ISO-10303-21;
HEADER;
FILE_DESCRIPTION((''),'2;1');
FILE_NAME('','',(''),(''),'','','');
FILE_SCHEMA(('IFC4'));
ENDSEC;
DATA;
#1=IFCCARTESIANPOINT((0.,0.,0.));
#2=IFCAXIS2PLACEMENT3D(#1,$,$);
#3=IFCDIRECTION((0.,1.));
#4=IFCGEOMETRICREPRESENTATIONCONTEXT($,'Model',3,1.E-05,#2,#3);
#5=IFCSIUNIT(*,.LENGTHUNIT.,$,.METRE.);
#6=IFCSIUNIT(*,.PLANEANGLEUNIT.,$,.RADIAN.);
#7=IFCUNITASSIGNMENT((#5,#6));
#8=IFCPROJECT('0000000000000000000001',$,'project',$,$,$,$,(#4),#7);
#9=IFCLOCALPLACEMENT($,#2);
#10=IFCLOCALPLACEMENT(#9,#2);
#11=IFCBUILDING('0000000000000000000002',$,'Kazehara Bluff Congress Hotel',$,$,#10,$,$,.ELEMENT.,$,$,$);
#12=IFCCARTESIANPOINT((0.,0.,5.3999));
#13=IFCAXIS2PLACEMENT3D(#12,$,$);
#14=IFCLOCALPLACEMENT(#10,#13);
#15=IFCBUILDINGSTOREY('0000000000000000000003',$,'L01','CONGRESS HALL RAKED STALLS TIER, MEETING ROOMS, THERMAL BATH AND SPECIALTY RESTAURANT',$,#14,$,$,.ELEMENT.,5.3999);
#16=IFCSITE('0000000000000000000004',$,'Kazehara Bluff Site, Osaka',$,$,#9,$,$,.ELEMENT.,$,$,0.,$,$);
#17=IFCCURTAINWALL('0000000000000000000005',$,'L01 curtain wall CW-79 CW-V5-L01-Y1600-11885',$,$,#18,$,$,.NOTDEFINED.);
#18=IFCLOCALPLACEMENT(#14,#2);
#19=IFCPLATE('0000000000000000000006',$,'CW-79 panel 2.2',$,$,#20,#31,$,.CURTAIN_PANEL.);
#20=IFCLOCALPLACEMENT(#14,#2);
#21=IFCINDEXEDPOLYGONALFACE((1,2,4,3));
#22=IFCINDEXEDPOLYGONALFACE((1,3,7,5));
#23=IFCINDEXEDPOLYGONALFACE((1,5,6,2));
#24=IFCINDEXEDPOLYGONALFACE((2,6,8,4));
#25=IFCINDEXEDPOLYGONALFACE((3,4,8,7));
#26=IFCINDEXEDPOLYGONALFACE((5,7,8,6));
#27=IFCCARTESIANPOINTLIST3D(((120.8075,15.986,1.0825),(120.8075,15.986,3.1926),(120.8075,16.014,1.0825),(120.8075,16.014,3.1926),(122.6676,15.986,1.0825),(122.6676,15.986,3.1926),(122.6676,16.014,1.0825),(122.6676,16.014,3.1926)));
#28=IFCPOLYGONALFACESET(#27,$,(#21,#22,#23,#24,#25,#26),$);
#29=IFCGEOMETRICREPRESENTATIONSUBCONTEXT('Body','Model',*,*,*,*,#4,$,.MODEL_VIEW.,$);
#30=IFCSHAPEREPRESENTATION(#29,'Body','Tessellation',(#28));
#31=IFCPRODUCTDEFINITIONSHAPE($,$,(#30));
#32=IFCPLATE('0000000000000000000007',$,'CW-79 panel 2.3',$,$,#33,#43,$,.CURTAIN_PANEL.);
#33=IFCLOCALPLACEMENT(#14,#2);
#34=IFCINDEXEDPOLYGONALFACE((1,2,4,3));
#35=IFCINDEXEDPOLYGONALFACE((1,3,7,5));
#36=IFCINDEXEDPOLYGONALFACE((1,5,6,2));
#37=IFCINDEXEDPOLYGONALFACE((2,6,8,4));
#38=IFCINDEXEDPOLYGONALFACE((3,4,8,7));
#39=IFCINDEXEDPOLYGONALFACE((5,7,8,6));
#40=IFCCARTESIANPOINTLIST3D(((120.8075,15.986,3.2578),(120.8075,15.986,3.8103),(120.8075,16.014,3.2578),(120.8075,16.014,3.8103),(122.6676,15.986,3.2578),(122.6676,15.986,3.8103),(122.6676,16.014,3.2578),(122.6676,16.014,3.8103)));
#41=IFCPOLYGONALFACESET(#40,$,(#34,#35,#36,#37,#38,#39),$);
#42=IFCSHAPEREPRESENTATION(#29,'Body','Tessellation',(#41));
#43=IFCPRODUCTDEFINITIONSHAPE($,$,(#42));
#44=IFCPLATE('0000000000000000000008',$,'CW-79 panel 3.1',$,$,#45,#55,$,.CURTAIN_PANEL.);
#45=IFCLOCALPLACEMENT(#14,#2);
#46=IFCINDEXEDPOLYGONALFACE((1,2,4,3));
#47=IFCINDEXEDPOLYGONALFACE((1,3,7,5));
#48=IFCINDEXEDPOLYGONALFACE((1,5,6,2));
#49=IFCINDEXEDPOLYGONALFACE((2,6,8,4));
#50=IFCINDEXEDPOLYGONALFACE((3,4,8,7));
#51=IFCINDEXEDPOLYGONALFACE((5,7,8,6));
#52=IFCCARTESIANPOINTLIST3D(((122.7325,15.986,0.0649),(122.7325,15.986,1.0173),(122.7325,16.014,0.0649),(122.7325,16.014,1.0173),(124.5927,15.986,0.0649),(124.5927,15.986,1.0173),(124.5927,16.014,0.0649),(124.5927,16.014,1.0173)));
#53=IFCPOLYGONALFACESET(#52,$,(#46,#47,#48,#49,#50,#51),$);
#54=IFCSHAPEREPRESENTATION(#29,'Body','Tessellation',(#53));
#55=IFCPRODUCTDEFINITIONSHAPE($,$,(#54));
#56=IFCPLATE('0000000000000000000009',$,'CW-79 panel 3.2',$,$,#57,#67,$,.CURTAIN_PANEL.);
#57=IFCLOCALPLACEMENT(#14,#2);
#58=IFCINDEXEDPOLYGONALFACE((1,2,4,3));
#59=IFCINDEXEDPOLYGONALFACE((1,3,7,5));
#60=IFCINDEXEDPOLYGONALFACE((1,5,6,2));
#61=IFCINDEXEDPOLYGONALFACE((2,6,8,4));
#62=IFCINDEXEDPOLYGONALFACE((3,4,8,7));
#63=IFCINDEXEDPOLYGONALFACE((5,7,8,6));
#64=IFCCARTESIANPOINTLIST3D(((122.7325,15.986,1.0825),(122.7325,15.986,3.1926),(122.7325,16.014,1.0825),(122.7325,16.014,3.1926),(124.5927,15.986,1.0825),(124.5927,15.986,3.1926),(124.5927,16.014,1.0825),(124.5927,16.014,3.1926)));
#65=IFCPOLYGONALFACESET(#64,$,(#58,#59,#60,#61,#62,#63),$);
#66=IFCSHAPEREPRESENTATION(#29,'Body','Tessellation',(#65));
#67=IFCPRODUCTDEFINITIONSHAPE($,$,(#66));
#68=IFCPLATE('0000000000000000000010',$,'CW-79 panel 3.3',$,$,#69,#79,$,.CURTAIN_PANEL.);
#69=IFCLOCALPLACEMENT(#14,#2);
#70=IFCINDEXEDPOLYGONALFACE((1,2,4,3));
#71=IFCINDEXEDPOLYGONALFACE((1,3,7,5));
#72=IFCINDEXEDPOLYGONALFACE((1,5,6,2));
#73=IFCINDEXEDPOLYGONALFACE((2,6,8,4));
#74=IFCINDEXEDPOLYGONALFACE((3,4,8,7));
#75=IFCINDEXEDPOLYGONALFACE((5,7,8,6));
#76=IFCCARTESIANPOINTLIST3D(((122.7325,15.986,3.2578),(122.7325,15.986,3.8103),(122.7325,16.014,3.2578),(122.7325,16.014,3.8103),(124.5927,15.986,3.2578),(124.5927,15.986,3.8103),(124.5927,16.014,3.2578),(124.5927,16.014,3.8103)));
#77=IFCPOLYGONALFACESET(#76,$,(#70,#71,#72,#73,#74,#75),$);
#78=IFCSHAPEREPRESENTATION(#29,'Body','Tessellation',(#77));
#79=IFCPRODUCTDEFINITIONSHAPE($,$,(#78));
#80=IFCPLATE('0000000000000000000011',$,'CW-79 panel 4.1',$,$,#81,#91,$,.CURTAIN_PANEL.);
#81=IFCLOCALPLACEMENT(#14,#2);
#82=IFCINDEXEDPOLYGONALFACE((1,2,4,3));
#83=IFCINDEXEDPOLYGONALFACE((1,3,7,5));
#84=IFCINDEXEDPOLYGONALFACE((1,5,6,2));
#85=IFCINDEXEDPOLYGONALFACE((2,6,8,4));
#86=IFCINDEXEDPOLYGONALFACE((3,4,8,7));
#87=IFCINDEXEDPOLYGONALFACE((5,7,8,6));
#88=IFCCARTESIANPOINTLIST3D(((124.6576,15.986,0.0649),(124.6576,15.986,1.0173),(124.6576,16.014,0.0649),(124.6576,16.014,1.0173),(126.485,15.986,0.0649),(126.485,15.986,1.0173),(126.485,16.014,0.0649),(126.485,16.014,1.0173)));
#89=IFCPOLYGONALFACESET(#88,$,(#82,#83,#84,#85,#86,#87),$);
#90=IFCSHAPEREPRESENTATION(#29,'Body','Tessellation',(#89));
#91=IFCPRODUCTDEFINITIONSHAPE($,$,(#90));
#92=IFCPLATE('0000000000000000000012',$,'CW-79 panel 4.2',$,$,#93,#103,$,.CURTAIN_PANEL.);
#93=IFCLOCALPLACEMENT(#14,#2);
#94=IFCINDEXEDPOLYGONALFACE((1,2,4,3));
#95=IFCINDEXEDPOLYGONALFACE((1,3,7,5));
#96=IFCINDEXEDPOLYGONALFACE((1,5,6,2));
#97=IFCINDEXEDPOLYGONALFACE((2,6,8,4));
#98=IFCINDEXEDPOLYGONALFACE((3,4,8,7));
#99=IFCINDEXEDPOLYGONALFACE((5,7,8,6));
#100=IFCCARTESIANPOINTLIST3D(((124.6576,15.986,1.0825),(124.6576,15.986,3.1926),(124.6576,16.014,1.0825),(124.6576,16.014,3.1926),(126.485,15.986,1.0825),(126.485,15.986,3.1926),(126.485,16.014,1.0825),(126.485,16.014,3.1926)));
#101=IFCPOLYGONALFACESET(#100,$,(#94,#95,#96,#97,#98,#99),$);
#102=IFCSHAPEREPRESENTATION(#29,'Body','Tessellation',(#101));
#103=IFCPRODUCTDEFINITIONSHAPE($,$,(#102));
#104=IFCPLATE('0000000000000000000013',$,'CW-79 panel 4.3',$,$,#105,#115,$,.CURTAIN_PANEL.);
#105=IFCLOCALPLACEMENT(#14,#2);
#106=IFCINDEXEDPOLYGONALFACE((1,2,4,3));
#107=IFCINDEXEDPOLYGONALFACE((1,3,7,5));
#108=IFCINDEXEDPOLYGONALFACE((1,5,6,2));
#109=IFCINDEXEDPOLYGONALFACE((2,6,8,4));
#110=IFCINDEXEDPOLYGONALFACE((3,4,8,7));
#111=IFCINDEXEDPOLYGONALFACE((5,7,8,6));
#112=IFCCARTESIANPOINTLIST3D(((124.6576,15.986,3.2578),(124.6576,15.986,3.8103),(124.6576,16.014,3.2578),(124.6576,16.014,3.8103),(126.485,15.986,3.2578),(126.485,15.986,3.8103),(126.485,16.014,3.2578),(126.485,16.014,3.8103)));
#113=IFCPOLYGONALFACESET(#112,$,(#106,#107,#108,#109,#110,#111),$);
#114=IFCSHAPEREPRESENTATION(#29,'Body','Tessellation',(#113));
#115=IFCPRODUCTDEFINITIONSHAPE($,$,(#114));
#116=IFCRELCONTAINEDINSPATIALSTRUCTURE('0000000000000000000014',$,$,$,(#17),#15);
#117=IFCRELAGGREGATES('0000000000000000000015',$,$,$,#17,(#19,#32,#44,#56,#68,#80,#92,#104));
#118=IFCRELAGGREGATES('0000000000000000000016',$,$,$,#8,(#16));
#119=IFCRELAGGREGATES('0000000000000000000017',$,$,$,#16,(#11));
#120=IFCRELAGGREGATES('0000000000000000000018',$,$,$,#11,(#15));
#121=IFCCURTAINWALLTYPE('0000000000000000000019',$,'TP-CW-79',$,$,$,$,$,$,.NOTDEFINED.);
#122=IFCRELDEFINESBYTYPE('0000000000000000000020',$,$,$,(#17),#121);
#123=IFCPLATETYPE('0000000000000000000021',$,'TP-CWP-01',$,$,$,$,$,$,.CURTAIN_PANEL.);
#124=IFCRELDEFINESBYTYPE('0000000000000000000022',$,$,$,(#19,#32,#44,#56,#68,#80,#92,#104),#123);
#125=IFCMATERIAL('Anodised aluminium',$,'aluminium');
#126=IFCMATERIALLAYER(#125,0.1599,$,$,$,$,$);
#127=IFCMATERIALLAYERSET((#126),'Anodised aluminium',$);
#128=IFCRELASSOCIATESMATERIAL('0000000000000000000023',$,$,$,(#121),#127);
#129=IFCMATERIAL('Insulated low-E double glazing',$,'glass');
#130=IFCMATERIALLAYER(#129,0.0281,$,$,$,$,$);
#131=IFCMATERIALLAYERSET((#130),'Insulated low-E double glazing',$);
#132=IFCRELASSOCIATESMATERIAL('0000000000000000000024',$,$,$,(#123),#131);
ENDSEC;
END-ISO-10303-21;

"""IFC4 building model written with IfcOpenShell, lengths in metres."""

from ifc_helpers import new_model, si_unit, direction, frame, origin, origin_2d, place, context, subcontext, project, spatial, rectangle, extrude, material, layer, layer_set, type_object, element, aggregate, save


model = new_model("IFC4")

# Units and contexts
model_context = context("Model", 3, precision=1e-05, world=origin(), true_north=direction((0.0, 1.0)))
body_context = subcontext(model_context, "Body", "Model", "MODEL_VIEW")
ifc_project = project(units=[si_unit("LENGTHUNIT", "METRE"), si_unit("PLANEANGLEUNIT", "RADIAN")], contexts=[model_context])

# Site, building, storey
site_placement = place(None, origin())
site = spatial("IfcSite", under=ifc_project, at=site_placement, Name="Kazehara Bluff Site, Osaka", CompositionType="ELEMENT", RefElevation=0.0)
building_placement = place(site_placement, origin())
building = spatial("IfcBuilding", under=site, at=building_placement, Name="Kazehara Bluff Congress Hotel", CompositionType="ELEMENT")
storey_placement = place(building_placement, frame((0.0, 0.0, 5.3999)))
storey = spatial("IfcBuildingStorey", under=building, at=storey_placement, Name="L01", Description="CONGRESS HALL RAKED STALLS TIER, MEETING ROOMS, THERMAL BATH AND SPECIALTY RESTAURANT", CompositionType="ELEMENT", Elevation=5.3999)

# Curtain wall, plates
ifc_material_1 = material(Name="Anodised aluminium", Category="aluminium")
ifc_layer_1 = layer(ifc_material_1, 0.1599)
ifc_layer_set_1 = layer_set([ifc_layer_1], Name="Anodised aluminium")
curtain_wall_type = type_object("IfcCurtainWallType", Name="TP-CW-79", PredefinedType="NOTDEFINED", material=ifc_layer_set_1)
curtain_wall_placement = place(storey_placement, origin())
curtain_wall = element("IfcCurtainWall", 1, at=curtain_wall_placement, inside=storey, type_object=curtain_wall_type, Name="L01 curtain wall CW-79 CW-V5-L01-Y1600-11885", PredefinedType="NOTDEFINED")
ifc_material_2 = material(Name="Insulated low-E double glazing", Category="glass")
ifc_layer_2 = layer(ifc_material_2, 0.0281)
ifc_layer_set_2 = layer_set([ifc_layer_2], Name="Insulated low-E double glazing")
plate_type = type_object("IfcPlateType", Name="TP-CWP-01", PredefinedType="CURTAIN_PANEL", material=ifc_layer_set_2)
plate_1_placement = place(storey_placement, frame((121.7375, 16.0, 1.0825), z_axis=(0.0, 0.0, 1.0), x_axis=(1.0, 0.0, 0.0)))
plate_1 = element("IfcPlate", 2, at=plate_1_placement, type_object=plate_type, Name="CW-79 panel 2.2", PredefinedType="CURTAIN_PANEL", context=body_context, shape_type="SweptSolid", body=[
    extrude(rectangle(XDim=1.8601, YDim=0.0281, at=origin_2d()), origin(), (0.0, 0.0, 1.0), 2.1101),
])
plate_2_placement = place(storey_placement, frame((121.7375, 16.0, 3.2578), z_axis=(0.0, 0.0, 1.0), x_axis=(1.0, 0.0, 0.0)))
plate_2 = element("IfcPlate", 3, at=plate_2_placement, type_object=plate_type, Name="CW-79 panel 2.3", PredefinedType="CURTAIN_PANEL", context=body_context, shape_type="SweptSolid", body=[
    extrude(rectangle(XDim=1.8601, YDim=0.0281, at=origin_2d()), origin(), (0.0, 0.0, 1.0), 0.5525),
])
plate_3_placement = place(storey_placement, frame((123.6626, 16.0, 0.0649), z_axis=(0.0, 0.0, 1.0), x_axis=(1.0, 0.0, 0.0)))
plate_3 = element("IfcPlate", 4, at=plate_3_placement, type_object=plate_type, Name="CW-79 panel 3.1", PredefinedType="CURTAIN_PANEL", context=body_context, shape_type="SweptSolid", body=[
    extrude(rectangle(XDim=1.8601, YDim=0.0281, at=origin_2d()), origin(), (0.0, 0.0, 1.0), 0.9524),
])
plate_4_placement = place(storey_placement, frame((123.6626, 16.0, 1.0825), z_axis=(0.0, 0.0, 1.0), x_axis=(1.0, 0.0, 0.0)))
plate_4 = element("IfcPlate", 5, at=plate_4_placement, type_object=plate_type, Name="CW-79 panel 3.2", PredefinedType="CURTAIN_PANEL", context=body_context, shape_type="SweptSolid", body=[
    extrude(rectangle(XDim=1.8601, YDim=0.0281, at=origin_2d()), origin(), (0.0, 0.0, 1.0), 2.1101),
])
plate_5_placement = place(storey_placement, frame((123.6626, 16.0, 3.2578), z_axis=(0.0, 0.0, 1.0), x_axis=(1.0, 0.0, 0.0)))
plate_5 = element("IfcPlate", 6, at=plate_5_placement, type_object=plate_type, Name="CW-79 panel 3.3", PredefinedType="CURTAIN_PANEL", context=body_context, shape_type="SweptSolid", body=[
    extrude(rectangle(XDim=1.8601, YDim=0.0281, at=origin_2d()), origin(), (0.0, 0.0, 1.0), 0.5525),
])
plate_6_placement = place(storey_placement, frame((125.5713, 16.0, 0.0649), z_axis=(0.0, 0.0, 1.0), x_axis=(1.0, 0.0, 0.0)))
plate_6 = element("IfcPlate", 7, at=plate_6_placement, type_object=plate_type, Name="CW-79 panel 4.1", PredefinedType="CURTAIN_PANEL", context=body_context, shape_type="SweptSolid", body=[
    extrude(rectangle(XDim=1.8274, YDim=0.0281, at=origin_2d()), origin(), (0.0, 0.0, 1.0), 0.9524),
])
plate_7_placement = place(storey_placement, frame((125.5713, 16.0, 1.0825), z_axis=(0.0, 0.0, 1.0), x_axis=(1.0, 0.0, 0.0)))
plate_7 = element("IfcPlate", 8, at=plate_7_placement, type_object=plate_type, Name="CW-79 panel 4.2", PredefinedType="CURTAIN_PANEL", context=body_context, shape_type="SweptSolid", body=[
    extrude(rectangle(XDim=1.8274, YDim=0.0281, at=origin_2d()), origin(), (0.0, 0.0, 1.0), 2.1101),
])
plate_8_placement = place(storey_placement, frame((125.5713, 16.0, 3.2578), z_axis=(0.0, 0.0, 1.0), x_axis=(1.0, 0.0, 0.0)))
plate_8 = element("IfcPlate", 9, at=plate_8_placement, type_object=plate_type, Name="CW-79 panel 4.3", PredefinedType="CURTAIN_PANEL", context=body_context, shape_type="SweptSolid", body=[
    extrude(rectangle(XDim=1.8274, YDim=0.0281, at=origin_2d()), origin(), (0.0, 0.0, 1.0), 0.5525),
])
aggregate(curtain_wall, [plate_1, plate_2, plate_3, plate_4, plate_5, plate_6, plate_7, plate_8])

save(model, "model.ifc")
